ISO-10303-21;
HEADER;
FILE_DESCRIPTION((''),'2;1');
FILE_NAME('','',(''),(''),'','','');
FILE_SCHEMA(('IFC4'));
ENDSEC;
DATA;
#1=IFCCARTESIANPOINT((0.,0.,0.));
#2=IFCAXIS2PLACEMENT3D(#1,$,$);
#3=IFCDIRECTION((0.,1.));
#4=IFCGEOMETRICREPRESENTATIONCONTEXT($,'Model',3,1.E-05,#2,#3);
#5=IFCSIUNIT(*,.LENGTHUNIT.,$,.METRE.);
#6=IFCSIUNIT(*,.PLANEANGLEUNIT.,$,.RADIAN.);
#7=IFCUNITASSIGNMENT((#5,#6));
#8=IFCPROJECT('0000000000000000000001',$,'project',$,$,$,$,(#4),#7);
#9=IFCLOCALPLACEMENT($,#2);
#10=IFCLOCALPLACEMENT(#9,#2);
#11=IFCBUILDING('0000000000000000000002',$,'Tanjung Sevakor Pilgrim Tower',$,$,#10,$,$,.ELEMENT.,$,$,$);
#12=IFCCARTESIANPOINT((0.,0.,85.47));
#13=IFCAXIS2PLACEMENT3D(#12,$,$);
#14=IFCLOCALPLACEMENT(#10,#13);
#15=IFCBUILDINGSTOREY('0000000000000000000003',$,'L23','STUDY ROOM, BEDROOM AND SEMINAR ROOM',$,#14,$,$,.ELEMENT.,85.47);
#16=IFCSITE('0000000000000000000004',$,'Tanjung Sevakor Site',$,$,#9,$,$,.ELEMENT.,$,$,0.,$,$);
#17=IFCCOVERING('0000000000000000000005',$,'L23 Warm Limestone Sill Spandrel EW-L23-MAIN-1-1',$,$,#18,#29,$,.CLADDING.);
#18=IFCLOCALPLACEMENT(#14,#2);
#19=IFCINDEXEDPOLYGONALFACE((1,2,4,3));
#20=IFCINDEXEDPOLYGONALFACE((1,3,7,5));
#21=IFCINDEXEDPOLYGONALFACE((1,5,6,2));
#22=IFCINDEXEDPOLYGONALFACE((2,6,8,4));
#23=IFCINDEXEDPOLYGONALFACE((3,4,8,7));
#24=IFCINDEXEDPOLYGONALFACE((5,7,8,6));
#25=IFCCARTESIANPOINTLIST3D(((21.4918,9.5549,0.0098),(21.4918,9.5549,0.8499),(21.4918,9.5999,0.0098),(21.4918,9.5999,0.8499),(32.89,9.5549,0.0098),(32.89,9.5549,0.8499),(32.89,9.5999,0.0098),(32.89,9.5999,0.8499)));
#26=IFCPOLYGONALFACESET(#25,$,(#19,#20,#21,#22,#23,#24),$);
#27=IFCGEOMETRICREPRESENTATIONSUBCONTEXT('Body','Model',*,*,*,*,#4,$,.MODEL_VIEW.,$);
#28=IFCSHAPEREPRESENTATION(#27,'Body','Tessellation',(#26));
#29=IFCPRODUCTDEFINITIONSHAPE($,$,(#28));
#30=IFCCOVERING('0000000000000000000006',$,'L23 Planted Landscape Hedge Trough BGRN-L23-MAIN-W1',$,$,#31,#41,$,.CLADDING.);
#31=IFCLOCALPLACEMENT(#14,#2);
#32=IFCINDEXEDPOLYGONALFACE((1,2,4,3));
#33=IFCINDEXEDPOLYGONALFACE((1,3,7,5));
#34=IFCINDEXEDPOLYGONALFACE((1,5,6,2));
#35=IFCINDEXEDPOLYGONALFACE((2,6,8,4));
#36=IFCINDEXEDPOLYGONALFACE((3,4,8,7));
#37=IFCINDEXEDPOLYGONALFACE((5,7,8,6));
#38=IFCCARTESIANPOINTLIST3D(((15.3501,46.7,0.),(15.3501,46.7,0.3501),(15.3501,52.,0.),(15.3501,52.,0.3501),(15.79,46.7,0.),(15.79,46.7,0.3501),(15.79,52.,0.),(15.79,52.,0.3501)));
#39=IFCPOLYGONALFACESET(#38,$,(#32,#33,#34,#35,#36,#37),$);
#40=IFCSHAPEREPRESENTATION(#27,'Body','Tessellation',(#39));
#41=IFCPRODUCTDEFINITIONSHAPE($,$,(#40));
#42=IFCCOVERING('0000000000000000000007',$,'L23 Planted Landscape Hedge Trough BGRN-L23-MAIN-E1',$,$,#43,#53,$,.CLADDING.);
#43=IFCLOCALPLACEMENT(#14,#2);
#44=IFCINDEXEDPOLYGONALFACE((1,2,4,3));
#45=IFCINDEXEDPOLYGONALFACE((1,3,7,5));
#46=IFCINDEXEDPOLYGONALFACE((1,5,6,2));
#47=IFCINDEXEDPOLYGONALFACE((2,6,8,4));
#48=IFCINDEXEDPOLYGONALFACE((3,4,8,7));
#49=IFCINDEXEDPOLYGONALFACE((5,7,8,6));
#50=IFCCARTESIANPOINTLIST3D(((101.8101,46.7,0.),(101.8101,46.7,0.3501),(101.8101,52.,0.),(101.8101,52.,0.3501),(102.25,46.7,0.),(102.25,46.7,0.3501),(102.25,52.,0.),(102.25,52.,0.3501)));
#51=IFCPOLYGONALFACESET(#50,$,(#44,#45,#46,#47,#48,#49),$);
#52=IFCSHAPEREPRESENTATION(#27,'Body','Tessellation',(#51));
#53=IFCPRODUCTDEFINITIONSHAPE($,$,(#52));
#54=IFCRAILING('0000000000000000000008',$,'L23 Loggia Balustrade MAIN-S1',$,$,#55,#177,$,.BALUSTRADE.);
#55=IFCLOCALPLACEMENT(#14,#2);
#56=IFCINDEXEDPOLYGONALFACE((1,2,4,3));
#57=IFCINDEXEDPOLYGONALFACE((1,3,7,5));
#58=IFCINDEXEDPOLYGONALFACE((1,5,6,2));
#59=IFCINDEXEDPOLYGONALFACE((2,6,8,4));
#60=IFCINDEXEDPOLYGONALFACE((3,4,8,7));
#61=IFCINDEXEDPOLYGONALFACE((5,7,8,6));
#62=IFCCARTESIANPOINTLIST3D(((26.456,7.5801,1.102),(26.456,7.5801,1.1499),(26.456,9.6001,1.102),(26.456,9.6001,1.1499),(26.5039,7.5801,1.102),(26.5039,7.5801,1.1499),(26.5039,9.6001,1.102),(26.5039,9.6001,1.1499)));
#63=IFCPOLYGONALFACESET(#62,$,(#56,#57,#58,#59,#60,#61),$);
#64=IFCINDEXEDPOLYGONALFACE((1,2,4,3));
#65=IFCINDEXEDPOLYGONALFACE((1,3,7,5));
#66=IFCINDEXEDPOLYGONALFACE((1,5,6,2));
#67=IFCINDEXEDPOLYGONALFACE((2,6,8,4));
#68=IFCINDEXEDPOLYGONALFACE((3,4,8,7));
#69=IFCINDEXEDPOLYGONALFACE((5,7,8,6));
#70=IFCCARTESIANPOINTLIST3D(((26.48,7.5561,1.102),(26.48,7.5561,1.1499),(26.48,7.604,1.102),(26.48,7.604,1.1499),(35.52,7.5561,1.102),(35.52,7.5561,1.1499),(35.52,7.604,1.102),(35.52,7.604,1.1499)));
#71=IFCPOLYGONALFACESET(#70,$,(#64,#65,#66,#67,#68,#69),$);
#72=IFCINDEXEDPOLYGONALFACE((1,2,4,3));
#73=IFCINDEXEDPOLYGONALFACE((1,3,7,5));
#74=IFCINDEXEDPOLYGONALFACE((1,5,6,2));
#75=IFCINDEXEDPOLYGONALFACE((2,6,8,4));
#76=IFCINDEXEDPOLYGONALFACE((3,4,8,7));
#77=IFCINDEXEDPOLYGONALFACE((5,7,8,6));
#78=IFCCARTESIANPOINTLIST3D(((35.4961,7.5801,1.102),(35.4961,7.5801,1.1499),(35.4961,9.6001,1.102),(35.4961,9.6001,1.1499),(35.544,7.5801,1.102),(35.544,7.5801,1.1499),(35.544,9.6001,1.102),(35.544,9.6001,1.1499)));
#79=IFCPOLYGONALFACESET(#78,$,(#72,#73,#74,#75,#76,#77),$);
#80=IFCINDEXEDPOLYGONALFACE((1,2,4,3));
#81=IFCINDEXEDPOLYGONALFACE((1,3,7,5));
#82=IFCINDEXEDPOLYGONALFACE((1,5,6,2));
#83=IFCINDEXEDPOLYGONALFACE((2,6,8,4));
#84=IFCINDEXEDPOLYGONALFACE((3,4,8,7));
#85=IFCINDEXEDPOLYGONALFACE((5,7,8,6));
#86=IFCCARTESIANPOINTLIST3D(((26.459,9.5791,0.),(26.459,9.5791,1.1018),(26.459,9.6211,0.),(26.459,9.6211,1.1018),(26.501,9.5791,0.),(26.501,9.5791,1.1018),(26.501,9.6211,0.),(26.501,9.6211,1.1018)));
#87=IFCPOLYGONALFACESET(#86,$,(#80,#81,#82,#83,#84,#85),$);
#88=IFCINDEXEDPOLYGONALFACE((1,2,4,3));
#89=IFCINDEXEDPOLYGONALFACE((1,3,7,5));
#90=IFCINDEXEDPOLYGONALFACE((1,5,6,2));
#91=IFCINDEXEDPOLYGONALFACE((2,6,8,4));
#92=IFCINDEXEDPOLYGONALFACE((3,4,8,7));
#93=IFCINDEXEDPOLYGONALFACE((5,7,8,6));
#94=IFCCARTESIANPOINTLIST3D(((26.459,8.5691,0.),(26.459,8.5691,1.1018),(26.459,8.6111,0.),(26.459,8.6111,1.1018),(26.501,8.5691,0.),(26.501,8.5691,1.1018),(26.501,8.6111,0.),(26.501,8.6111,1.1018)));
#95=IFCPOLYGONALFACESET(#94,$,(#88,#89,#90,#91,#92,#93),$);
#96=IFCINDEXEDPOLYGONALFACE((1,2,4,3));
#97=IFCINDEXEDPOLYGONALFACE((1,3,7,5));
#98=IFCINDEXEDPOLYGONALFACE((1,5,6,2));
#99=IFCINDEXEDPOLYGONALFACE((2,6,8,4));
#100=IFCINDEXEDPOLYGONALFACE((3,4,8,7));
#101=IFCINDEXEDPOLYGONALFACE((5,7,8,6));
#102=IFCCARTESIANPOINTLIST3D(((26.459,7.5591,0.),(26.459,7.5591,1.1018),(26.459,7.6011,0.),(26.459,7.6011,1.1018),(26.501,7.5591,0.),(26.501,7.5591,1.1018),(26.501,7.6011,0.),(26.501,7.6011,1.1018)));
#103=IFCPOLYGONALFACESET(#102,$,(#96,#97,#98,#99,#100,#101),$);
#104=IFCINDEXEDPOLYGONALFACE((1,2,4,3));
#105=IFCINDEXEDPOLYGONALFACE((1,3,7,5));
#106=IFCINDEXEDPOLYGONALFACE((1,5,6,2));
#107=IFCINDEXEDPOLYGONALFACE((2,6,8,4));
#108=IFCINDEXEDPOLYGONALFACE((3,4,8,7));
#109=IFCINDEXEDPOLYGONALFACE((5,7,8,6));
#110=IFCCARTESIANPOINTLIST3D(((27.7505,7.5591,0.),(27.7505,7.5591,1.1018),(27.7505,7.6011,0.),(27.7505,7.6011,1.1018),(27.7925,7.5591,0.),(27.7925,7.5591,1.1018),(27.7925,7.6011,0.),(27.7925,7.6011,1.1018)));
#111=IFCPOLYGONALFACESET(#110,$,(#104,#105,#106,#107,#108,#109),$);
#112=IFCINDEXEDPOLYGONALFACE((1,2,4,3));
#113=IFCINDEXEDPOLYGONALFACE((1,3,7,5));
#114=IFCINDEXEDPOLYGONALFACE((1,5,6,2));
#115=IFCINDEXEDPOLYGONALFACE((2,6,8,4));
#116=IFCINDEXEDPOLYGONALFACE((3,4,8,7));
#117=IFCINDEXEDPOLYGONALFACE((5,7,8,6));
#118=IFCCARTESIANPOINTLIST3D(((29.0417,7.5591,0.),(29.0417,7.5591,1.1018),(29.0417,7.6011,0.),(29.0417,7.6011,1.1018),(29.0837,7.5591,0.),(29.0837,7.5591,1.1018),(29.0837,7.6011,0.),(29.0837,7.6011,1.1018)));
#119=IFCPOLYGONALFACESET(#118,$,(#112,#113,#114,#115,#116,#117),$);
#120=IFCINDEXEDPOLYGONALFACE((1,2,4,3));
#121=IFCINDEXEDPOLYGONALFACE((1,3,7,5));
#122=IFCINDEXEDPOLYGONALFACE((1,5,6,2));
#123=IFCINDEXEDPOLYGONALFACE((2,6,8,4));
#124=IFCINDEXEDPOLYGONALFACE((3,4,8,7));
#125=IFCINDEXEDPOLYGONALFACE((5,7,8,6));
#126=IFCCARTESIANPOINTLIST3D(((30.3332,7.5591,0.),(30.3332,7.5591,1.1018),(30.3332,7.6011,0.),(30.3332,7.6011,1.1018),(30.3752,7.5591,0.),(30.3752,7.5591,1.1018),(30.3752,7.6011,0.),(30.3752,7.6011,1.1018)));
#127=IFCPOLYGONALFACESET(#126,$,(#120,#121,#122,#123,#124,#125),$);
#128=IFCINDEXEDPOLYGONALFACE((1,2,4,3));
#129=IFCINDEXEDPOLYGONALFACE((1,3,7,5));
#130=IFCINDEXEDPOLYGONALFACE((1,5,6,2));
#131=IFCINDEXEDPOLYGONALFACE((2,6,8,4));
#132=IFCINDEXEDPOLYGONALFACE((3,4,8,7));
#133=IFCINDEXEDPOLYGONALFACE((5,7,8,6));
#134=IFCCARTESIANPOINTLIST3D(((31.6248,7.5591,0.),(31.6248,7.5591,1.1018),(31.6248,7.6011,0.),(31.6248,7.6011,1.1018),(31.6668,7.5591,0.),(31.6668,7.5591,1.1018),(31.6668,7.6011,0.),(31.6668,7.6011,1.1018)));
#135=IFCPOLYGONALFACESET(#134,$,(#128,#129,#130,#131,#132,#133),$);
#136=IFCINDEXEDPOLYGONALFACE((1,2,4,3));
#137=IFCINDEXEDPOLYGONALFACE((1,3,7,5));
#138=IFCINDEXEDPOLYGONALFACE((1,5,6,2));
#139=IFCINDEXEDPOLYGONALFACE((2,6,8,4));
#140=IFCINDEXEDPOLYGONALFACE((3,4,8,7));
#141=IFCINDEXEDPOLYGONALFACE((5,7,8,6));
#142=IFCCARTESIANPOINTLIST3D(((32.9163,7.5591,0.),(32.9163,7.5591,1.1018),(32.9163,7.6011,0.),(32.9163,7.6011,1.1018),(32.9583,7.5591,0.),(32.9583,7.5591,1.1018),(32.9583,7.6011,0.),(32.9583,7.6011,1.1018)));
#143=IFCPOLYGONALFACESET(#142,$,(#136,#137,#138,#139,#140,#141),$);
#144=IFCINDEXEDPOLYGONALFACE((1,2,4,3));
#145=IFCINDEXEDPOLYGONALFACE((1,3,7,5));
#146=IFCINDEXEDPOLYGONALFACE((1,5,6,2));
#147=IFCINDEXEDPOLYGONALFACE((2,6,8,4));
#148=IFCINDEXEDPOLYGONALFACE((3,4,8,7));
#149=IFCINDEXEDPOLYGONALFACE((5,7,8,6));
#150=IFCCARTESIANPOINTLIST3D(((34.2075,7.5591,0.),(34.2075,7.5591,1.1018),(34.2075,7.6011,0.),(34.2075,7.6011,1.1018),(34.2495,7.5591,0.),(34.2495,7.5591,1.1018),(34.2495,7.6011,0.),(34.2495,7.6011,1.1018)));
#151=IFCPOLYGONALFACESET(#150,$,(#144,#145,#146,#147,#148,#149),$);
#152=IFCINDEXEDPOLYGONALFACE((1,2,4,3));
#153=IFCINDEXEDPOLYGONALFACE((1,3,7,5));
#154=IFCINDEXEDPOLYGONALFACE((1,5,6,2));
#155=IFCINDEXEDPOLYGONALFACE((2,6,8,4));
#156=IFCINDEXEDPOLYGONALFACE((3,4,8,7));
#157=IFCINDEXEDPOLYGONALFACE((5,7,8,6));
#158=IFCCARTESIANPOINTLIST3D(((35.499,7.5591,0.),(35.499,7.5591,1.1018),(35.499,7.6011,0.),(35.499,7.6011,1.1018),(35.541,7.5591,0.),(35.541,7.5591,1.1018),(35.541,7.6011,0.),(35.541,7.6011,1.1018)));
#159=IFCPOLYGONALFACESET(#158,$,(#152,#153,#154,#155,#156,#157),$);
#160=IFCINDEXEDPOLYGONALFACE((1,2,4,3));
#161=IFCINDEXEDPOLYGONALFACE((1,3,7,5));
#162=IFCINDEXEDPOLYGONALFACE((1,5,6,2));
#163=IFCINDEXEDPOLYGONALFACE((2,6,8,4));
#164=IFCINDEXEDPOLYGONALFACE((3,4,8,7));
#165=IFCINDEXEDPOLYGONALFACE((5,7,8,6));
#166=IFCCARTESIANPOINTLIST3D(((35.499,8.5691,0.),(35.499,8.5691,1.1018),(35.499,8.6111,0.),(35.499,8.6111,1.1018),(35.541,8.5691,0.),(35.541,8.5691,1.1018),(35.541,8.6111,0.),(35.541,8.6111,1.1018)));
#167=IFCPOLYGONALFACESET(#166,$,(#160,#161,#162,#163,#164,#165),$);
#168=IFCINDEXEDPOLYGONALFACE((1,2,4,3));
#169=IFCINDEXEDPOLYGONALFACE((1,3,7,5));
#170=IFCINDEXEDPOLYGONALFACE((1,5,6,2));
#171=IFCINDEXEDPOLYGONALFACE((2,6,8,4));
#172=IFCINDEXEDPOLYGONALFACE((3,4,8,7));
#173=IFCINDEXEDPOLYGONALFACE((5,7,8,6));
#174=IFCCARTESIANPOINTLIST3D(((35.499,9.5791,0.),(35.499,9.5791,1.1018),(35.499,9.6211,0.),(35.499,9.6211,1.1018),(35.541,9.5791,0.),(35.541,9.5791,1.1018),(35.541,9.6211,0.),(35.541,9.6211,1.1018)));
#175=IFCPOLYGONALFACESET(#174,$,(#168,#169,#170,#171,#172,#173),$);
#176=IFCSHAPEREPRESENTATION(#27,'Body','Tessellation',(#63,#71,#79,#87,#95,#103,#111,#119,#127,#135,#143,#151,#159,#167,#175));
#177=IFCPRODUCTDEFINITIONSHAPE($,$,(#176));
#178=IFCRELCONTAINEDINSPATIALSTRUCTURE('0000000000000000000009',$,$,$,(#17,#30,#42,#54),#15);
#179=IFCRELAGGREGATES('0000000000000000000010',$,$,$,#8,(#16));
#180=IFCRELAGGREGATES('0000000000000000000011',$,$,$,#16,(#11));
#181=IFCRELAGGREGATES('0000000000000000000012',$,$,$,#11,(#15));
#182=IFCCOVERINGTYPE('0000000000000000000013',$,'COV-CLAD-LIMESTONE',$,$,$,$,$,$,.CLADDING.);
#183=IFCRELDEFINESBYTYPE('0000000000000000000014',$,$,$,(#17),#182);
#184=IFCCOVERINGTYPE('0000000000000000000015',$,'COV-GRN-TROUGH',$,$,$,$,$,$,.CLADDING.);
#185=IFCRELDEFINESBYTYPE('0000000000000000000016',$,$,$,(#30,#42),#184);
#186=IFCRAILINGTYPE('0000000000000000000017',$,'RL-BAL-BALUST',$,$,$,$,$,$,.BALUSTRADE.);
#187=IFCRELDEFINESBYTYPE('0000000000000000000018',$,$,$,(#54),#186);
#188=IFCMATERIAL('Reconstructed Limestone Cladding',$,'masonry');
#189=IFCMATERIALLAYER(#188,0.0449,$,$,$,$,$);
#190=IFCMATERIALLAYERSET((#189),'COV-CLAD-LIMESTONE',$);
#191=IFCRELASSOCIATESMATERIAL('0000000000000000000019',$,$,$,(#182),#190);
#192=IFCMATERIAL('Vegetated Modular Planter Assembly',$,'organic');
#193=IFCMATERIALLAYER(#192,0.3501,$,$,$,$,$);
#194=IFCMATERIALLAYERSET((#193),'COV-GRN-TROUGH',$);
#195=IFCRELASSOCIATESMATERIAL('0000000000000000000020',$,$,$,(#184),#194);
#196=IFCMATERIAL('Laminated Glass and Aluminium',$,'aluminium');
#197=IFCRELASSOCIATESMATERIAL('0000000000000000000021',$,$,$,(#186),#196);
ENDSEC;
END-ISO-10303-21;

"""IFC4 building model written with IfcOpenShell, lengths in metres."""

from ifc_helpers import new_model, si_unit, direction, frame, origin, origin_2d, place, context, subcontext, project, spatial, polyline, rectangle, outline, extrude, material, layer, layer_set, type_object, element, save


model = new_model("IFC4")

# Units and contexts
model_context = context("Model", 3, precision=1e-05, world=origin(), true_north=direction((0.0, 1.0)))
body_context = subcontext(model_context, "Body", "Model", "MODEL_VIEW")
ifc_project = project(units=[si_unit("LENGTHUNIT", "METRE"), si_unit("PLANEANGLEUNIT", "RADIAN")], contexts=[model_context])

# Site, building, storey
site_placement = place(None, origin())
site = spatial("IfcSite", under=ifc_project, at=site_placement, Name="Tanjung Sevakor Site", CompositionType="ELEMENT", RefElevation=0.0)
building_placement = place(site_placement, origin())
building = spatial("IfcBuilding", under=site, at=building_placement, Name="Tanjung Sevakor Pilgrim Tower", CompositionType="ELEMENT")
storey_placement = place(building_placement, frame((0.0, 0.0, 85.47)))
storey = spatial("IfcBuildingStorey", under=building, at=storey_placement, Name="L23", Description="STUDY ROOM, BEDROOM AND SEMINAR ROOM", CompositionType="ELEMENT", Elevation=85.47)

# Coverings
ifc_material_1 = material(Name="Reconstructed Limestone Cladding", Category="masonry")
ifc_layer_1 = layer(ifc_material_1, 0.0449)
ifc_layer_set_1 = layer_set([ifc_layer_1], Name="COV-CLAD-LIMESTONE")
covering_type_1 = type_object("IfcCoveringType", Name="COV-CLAD-LIMESTONE", PredefinedType="CLADDING", material=ifc_layer_set_1)
covering_1_placement = place(storey_placement, frame((27.1909, 9.5774, 0.0098), z_axis=(0.0, 0.0, 1.0), x_axis=(1.0, 0.0, 0.0)))
element("IfcCovering", 1, at=covering_1_placement, inside=storey, type_object=covering_type_1, Name="L23 Warm Limestone Sill Spandrel EW-L23-MAIN-1-1", PredefinedType="CLADDING", context=body_context, shape_type="SweptSolid", body=[
    extrude(rectangle(XDim=11.3982, YDim=0.0449, at=origin_2d()), origin(), (0.0, 0.0, 1.0), 0.8401),
])
ifc_material_2 = material(Name="Vegetated Modular Planter Assembly", Category="organic")
ifc_layer_2 = layer(ifc_material_2, 0.3501)
ifc_layer_set_2 = layer_set([ifc_layer_2], Name="COV-GRN-TROUGH")
covering_type_2 = type_object("IfcCoveringType", Name="COV-GRN-TROUGH", PredefinedType="CLADDING", material=ifc_layer_set_2)
covering_2_placement = place(storey_placement, origin())
element("IfcCovering", 2, at=covering_2_placement, inside=storey, type_object=covering_type_2, Name="L23 Planted Landscape Hedge Trough BGRN-L23-MAIN-W1", PredefinedType="CLADDING", context=body_context, shape_type="SweptSolid", body=[
    extrude(outline(polyline([(15.79, 46.7), (15.79, 52.0), (15.3501, 52.0), (15.3501, 46.7), (15.79, 46.7)])), origin(), (0.0, 0.0, 1.0), 0.3501),
])
covering_3_placement = place(storey_placement, origin())
element("IfcCovering", 3, at=covering_3_placement, inside=storey, type_object=covering_type_2, Name="L23 Planted Landscape Hedge Trough BGRN-L23-MAIN-E1", PredefinedType="CLADDING", context=body_context, shape_type="SweptSolid", body=[
    extrude(outline(polyline([(102.25, 46.7), (102.25, 52.0), (101.8101, 52.0), (101.8101, 46.7), (102.25, 46.7)])), origin(), (0.0, 0.0, 1.0), 0.3501),
])

# Railing
ifc_material_3 = material(Name="Laminated Glass and Aluminium", Category="aluminium")
railing_type = type_object("IfcRailingType", Name="RL-BAL-BALUST", PredefinedType="BALUSTRADE", material=ifc_material_3)
railing_placement = place(storey_placement, frame((26.48, 9.6001, 0.0)))
element("IfcRailing", 4, at=railing_placement, inside=storey, type_object=railing_type, Name="L23 Loggia Balustrade MAIN-S1", PredefinedType="BALUSTRADE", context=body_context, shape_type="SweptSolid", body=[
    extrude(rectangle(XDim=0.0479, YDim=0.0479), frame((0.0, 0.0, 1.126), z_axis=(0.0, -1.0, 0.0), x_axis=(1.0, 0.0, 0.0)), (0.0, 0.0, 1.0), 2.02),
    extrude(rectangle(XDim=0.0479, YDim=0.0479), frame((0.0, -2.02, 1.126), z_axis=(1.0, 0.0, 0.0), x_axis=(0.0, 1.0, 0.0)), (0.0, 0.0, 1.0), 9.04),
    extrude(rectangle(XDim=0.0479, YDim=0.0479), frame((9.04, -2.02, 1.126), z_axis=(0.0, 1.0, 0.0), x_axis=(-1.0, 0.0, 0.0)), (0.0, 0.0, 1.0), 2.02),
    extrude(rectangle(XDim=0.042, YDim=0.042), origin(), (0.0, 0.0, 1.0), 1.1018),
    extrude(rectangle(XDim=0.042, YDim=0.042), frame((0.0, -1.01, 0.0)), (0.0, 0.0, 1.0), 1.1018),
    extrude(rectangle(XDim=0.042, YDim=0.042), frame((0.0, -2.02, 0.0)), (0.0, 0.0, 1.0), 1.1018),
    extrude(rectangle(XDim=0.042, YDim=0.042), frame((1.2915, -2.02, 0.0)), (0.0, 0.0, 1.0), 1.1018),
    extrude(rectangle(XDim=0.042, YDim=0.042), frame((2.5828, -2.02, 0.0)), (0.0, 0.0, 1.0), 1.1018),
    extrude(rectangle(XDim=0.042, YDim=0.042), frame((3.8743, -2.02, 0.0)), (0.0, 0.0, 1.0), 1.1018),
    extrude(rectangle(XDim=0.042, YDim=0.042), frame((5.1658, -2.02, 0.0)), (0.0, 0.0, 1.0), 1.1018),
    extrude(rectangle(XDim=0.042, YDim=0.042), frame((6.4573, -2.02, 0.0)), (0.0, 0.0, 1.0), 1.1018),
    extrude(rectangle(XDim=0.042, YDim=0.042), frame((7.7485, -2.02, 0.0)), (0.0, 0.0, 1.0), 1.1018),
    extrude(rectangle(XDim=0.042, YDim=0.042), frame((9.04, -2.02, 0.0)), (0.0, 0.0, 1.0), 1.1018),
    extrude(rectangle(XDim=0.042, YDim=0.042), frame((9.04, -1.01, 0.0)), (0.0, 0.0, 1.0), 1.1018),
    extrude(rectangle(XDim=0.042, YDim=0.042), frame((9.04, 0.0, 0.0)), (0.0, 0.0, 1.0), 1.1018),
])

save(model, "model.ifc")
